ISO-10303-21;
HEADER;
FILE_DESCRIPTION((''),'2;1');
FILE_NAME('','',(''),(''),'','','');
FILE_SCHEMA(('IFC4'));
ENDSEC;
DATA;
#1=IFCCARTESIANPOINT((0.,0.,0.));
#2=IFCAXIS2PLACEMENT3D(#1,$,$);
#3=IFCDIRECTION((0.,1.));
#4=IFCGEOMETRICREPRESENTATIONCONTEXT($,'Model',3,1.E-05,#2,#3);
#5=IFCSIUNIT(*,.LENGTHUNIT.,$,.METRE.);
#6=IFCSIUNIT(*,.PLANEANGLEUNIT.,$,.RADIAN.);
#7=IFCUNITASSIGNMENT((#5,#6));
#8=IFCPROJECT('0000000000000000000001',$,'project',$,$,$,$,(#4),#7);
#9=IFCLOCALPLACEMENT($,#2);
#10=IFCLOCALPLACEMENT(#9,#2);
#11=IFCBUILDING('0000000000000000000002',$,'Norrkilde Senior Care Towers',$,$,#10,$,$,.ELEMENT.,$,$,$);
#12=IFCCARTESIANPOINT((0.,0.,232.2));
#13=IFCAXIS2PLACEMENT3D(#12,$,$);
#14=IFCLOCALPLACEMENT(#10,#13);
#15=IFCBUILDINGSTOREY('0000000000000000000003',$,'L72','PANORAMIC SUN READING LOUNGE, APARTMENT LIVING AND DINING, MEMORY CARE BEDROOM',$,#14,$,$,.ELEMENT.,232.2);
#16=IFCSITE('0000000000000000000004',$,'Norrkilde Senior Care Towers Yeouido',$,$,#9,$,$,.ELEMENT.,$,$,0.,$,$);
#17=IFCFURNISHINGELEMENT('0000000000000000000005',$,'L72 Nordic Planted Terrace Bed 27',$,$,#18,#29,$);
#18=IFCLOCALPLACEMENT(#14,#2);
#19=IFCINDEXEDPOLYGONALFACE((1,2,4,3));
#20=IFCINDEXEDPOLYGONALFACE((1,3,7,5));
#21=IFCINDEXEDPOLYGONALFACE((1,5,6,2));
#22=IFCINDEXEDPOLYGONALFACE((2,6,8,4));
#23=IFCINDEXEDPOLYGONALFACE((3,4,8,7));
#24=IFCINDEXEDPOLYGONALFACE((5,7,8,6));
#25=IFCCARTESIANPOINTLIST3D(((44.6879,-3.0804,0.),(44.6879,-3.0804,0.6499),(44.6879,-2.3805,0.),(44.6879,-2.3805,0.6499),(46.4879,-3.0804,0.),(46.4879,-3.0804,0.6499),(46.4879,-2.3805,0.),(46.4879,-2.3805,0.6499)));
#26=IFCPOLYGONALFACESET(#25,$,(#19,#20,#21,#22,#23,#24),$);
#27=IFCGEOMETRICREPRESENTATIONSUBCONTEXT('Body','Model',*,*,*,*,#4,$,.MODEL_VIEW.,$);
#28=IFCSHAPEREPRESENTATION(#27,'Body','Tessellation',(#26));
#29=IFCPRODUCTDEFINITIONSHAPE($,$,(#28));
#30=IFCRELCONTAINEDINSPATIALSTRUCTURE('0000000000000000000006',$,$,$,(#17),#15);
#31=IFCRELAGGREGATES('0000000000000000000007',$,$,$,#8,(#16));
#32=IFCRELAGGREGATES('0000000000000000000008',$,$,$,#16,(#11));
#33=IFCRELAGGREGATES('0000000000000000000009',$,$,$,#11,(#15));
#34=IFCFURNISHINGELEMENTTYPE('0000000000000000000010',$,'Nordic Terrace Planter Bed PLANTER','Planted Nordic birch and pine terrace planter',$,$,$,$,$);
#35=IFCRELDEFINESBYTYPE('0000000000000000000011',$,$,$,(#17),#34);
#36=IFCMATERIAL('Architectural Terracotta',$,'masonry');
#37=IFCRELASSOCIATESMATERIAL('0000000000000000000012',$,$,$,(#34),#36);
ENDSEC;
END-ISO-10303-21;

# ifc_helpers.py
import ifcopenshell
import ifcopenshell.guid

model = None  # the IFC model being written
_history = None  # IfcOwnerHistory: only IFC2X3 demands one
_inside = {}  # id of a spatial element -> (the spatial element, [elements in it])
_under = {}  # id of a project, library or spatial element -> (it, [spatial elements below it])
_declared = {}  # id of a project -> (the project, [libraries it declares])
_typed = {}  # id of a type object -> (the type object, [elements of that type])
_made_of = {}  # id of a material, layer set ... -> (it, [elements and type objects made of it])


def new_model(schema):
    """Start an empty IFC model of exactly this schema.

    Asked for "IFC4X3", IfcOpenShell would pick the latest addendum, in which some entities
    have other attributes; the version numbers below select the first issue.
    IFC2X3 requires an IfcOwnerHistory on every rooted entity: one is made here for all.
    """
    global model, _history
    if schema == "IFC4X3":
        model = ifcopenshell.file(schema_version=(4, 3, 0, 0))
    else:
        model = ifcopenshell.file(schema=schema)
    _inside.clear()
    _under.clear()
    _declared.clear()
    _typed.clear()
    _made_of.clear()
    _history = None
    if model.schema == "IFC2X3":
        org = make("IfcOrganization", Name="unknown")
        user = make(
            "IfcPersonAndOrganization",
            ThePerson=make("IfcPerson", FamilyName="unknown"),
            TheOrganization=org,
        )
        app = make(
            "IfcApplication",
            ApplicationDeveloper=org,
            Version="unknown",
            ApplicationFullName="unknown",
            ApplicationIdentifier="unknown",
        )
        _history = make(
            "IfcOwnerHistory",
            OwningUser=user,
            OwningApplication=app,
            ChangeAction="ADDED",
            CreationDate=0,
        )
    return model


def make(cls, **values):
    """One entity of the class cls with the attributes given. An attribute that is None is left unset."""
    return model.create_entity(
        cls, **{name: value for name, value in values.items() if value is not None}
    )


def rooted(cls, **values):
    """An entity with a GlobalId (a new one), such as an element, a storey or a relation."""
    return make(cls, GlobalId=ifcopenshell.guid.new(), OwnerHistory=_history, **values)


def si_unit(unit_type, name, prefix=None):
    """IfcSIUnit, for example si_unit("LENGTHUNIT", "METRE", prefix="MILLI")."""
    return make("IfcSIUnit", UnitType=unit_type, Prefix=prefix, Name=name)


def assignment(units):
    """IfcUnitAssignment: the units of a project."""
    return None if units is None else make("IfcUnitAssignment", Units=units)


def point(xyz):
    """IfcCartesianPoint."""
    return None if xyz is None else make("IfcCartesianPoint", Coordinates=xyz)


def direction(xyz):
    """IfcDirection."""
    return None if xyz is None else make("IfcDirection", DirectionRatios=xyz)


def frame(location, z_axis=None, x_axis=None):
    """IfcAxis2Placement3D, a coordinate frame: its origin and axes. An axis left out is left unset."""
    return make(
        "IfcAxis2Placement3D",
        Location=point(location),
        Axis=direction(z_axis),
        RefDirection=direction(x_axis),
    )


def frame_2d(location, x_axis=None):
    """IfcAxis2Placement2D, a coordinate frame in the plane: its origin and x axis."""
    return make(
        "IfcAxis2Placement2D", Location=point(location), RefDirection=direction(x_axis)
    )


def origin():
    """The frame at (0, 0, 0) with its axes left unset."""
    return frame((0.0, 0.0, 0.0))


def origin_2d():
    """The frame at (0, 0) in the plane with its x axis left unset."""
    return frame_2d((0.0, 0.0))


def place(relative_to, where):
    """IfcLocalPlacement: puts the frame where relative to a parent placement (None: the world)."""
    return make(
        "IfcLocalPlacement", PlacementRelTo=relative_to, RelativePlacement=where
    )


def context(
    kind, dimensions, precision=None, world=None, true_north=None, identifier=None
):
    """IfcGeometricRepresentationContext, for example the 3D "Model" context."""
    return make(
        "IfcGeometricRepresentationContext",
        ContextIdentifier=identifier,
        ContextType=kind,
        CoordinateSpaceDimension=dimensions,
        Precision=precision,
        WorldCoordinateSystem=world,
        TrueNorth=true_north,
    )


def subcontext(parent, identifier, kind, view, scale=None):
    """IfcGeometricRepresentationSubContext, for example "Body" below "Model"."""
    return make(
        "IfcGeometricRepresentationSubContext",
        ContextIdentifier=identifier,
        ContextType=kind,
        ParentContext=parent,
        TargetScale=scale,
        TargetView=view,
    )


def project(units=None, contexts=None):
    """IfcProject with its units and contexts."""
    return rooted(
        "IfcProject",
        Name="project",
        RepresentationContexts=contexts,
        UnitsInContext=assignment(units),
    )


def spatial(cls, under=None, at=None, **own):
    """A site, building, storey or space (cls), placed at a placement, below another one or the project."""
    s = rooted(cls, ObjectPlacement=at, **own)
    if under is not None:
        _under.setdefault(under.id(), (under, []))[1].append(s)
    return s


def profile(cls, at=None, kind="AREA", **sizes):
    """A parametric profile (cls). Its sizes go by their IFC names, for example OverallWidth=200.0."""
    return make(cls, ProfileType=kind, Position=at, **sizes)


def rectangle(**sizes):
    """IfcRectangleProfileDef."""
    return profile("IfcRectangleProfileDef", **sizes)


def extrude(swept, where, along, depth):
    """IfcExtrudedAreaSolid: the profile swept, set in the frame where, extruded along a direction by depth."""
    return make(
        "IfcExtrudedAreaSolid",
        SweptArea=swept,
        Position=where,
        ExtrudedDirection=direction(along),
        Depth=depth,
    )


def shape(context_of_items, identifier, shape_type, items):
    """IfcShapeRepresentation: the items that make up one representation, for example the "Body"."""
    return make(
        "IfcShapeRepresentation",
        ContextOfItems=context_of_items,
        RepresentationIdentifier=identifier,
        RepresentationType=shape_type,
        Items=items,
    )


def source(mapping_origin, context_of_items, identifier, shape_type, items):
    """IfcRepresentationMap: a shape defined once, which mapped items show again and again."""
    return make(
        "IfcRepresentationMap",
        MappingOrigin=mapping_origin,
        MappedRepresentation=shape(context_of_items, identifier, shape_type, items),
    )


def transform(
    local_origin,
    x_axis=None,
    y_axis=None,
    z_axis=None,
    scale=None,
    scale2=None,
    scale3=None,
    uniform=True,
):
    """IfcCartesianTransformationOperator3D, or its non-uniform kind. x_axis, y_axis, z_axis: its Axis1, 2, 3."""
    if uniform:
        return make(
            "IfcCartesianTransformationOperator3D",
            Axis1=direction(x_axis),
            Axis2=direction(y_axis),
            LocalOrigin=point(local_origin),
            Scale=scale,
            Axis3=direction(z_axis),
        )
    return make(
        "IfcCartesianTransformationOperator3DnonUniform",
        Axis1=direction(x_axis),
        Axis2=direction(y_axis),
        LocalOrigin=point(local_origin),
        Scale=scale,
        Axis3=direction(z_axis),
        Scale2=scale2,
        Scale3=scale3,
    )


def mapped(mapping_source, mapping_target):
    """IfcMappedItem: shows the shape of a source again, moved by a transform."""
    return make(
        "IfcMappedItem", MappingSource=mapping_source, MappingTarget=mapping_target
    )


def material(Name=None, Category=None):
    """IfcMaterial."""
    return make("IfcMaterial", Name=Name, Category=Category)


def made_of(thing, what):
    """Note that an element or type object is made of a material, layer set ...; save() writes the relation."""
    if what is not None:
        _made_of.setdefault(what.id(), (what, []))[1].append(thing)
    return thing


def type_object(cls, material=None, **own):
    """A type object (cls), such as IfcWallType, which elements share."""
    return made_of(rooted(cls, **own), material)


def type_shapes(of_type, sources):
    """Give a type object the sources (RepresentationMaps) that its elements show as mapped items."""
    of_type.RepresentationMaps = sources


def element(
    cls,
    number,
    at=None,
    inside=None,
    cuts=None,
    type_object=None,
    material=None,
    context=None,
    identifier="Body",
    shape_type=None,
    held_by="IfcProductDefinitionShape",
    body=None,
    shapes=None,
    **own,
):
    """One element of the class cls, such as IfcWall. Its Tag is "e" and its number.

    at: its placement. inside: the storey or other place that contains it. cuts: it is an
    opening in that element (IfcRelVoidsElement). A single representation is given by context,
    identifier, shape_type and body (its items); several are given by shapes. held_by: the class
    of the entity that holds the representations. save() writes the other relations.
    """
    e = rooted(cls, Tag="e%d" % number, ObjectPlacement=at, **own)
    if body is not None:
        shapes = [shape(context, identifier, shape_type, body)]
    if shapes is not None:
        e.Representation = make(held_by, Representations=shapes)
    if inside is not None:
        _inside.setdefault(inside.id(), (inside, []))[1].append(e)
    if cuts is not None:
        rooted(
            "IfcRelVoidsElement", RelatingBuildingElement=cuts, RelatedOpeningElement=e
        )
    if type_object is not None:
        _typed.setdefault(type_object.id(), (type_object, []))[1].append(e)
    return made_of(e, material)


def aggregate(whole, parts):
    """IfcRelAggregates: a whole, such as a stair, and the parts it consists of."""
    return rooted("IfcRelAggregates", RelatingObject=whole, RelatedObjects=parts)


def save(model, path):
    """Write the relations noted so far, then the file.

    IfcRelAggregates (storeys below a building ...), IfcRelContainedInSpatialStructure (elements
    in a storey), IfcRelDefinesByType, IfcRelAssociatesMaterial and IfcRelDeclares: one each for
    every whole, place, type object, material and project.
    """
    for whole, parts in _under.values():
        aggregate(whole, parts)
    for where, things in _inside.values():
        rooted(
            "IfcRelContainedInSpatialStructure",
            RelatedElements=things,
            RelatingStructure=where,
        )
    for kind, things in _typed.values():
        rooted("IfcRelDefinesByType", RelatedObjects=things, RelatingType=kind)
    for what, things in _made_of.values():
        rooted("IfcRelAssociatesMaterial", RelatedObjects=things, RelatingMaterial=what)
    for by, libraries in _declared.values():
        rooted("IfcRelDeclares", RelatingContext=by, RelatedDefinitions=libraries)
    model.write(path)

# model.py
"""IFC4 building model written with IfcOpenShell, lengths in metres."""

from ifc_helpers import new_model, si_unit, direction, frame, origin, origin_2d, place, context, subcontext, project, spatial, rectangle, extrude, source, transform, mapped, material, type_object, type_shapes, element, save


model = new_model("IFC4")

# Units and contexts
model_context = context("Model", 3, precision=1e-05, world=origin(), true_north=direction((0.0, 1.0)))
body_context = subcontext(model_context, "Body", "Model", "MODEL_VIEW")
ifc_project = project(units=[si_unit("LENGTHUNIT", "METRE"), si_unit("PLANEANGLEUNIT", "RADIAN")], contexts=[model_context])

# Site, building, storey
site_placement = place(None, origin())
site = spatial("IfcSite", under=ifc_project, at=site_placement, Name="Norrkilde Senior Care Towers Yeouido", CompositionType="ELEMENT", RefElevation=0.0)
building_placement = place(site_placement, origin())
building = spatial("IfcBuilding", under=site, at=building_placement, Name="Norrkilde Senior Care Towers", CompositionType="ELEMENT")
storey_placement = place(building_placement, frame((0.0, 0.0, 232.2)))
storey = spatial("IfcBuildingStorey", under=building, at=storey_placement, Name="L72", Description="PANORAMIC SUN READING LOUNGE, APARTMENT LIVING AND DINING, MEMORY CARE BEDROOM", CompositionType="ELEMENT", Elevation=232.2)

# Shared definitions
ifc_material_1 = material(Name="Architectural Terracotta", Category="masonry")

# Furnishing element
furnishing_element_type = type_object("IfcFurnishingElementType", Name="Nordic Terrace Planter Bed PLANTER", Description="Planted Nordic birch and pine terrace planter", material=ifc_material_1)
shared_shape_1 = source(origin(), body_context, "Body", "SweptSolid", [
    extrude(rectangle(XDim=1.8, YDim=0.7, at=origin_2d()), origin(), (0.0, 0.0, 1.0), 0.6499),
])
type_shapes(furnishing_element_type, [shared_shape_1])
furnishing_placement = place(storey_placement, frame((45.5879, -2.7305, 0.0), z_axis=(0.0, 0.0, 1.0), x_axis=(1.0, 0.0, 0.0)))
element("IfcFurnishingElement", 1, at=furnishing_placement, inside=storey, type_object=furnishing_element_type, Name="L72 Nordic Planted Terrace Bed 27", context=body_context, shape_type="MappedRepresentation", body=[
    mapped(shared_shape_1, transform((0.0, 0.0, 0.0), x_axis=(1.0, 0.0, 0.0), y_axis=(0.0, 1.0, 0.0), z_axis=(0.0, 0.0, 1.0), scale=1.0)),
])

save(model, "model.ifc")
